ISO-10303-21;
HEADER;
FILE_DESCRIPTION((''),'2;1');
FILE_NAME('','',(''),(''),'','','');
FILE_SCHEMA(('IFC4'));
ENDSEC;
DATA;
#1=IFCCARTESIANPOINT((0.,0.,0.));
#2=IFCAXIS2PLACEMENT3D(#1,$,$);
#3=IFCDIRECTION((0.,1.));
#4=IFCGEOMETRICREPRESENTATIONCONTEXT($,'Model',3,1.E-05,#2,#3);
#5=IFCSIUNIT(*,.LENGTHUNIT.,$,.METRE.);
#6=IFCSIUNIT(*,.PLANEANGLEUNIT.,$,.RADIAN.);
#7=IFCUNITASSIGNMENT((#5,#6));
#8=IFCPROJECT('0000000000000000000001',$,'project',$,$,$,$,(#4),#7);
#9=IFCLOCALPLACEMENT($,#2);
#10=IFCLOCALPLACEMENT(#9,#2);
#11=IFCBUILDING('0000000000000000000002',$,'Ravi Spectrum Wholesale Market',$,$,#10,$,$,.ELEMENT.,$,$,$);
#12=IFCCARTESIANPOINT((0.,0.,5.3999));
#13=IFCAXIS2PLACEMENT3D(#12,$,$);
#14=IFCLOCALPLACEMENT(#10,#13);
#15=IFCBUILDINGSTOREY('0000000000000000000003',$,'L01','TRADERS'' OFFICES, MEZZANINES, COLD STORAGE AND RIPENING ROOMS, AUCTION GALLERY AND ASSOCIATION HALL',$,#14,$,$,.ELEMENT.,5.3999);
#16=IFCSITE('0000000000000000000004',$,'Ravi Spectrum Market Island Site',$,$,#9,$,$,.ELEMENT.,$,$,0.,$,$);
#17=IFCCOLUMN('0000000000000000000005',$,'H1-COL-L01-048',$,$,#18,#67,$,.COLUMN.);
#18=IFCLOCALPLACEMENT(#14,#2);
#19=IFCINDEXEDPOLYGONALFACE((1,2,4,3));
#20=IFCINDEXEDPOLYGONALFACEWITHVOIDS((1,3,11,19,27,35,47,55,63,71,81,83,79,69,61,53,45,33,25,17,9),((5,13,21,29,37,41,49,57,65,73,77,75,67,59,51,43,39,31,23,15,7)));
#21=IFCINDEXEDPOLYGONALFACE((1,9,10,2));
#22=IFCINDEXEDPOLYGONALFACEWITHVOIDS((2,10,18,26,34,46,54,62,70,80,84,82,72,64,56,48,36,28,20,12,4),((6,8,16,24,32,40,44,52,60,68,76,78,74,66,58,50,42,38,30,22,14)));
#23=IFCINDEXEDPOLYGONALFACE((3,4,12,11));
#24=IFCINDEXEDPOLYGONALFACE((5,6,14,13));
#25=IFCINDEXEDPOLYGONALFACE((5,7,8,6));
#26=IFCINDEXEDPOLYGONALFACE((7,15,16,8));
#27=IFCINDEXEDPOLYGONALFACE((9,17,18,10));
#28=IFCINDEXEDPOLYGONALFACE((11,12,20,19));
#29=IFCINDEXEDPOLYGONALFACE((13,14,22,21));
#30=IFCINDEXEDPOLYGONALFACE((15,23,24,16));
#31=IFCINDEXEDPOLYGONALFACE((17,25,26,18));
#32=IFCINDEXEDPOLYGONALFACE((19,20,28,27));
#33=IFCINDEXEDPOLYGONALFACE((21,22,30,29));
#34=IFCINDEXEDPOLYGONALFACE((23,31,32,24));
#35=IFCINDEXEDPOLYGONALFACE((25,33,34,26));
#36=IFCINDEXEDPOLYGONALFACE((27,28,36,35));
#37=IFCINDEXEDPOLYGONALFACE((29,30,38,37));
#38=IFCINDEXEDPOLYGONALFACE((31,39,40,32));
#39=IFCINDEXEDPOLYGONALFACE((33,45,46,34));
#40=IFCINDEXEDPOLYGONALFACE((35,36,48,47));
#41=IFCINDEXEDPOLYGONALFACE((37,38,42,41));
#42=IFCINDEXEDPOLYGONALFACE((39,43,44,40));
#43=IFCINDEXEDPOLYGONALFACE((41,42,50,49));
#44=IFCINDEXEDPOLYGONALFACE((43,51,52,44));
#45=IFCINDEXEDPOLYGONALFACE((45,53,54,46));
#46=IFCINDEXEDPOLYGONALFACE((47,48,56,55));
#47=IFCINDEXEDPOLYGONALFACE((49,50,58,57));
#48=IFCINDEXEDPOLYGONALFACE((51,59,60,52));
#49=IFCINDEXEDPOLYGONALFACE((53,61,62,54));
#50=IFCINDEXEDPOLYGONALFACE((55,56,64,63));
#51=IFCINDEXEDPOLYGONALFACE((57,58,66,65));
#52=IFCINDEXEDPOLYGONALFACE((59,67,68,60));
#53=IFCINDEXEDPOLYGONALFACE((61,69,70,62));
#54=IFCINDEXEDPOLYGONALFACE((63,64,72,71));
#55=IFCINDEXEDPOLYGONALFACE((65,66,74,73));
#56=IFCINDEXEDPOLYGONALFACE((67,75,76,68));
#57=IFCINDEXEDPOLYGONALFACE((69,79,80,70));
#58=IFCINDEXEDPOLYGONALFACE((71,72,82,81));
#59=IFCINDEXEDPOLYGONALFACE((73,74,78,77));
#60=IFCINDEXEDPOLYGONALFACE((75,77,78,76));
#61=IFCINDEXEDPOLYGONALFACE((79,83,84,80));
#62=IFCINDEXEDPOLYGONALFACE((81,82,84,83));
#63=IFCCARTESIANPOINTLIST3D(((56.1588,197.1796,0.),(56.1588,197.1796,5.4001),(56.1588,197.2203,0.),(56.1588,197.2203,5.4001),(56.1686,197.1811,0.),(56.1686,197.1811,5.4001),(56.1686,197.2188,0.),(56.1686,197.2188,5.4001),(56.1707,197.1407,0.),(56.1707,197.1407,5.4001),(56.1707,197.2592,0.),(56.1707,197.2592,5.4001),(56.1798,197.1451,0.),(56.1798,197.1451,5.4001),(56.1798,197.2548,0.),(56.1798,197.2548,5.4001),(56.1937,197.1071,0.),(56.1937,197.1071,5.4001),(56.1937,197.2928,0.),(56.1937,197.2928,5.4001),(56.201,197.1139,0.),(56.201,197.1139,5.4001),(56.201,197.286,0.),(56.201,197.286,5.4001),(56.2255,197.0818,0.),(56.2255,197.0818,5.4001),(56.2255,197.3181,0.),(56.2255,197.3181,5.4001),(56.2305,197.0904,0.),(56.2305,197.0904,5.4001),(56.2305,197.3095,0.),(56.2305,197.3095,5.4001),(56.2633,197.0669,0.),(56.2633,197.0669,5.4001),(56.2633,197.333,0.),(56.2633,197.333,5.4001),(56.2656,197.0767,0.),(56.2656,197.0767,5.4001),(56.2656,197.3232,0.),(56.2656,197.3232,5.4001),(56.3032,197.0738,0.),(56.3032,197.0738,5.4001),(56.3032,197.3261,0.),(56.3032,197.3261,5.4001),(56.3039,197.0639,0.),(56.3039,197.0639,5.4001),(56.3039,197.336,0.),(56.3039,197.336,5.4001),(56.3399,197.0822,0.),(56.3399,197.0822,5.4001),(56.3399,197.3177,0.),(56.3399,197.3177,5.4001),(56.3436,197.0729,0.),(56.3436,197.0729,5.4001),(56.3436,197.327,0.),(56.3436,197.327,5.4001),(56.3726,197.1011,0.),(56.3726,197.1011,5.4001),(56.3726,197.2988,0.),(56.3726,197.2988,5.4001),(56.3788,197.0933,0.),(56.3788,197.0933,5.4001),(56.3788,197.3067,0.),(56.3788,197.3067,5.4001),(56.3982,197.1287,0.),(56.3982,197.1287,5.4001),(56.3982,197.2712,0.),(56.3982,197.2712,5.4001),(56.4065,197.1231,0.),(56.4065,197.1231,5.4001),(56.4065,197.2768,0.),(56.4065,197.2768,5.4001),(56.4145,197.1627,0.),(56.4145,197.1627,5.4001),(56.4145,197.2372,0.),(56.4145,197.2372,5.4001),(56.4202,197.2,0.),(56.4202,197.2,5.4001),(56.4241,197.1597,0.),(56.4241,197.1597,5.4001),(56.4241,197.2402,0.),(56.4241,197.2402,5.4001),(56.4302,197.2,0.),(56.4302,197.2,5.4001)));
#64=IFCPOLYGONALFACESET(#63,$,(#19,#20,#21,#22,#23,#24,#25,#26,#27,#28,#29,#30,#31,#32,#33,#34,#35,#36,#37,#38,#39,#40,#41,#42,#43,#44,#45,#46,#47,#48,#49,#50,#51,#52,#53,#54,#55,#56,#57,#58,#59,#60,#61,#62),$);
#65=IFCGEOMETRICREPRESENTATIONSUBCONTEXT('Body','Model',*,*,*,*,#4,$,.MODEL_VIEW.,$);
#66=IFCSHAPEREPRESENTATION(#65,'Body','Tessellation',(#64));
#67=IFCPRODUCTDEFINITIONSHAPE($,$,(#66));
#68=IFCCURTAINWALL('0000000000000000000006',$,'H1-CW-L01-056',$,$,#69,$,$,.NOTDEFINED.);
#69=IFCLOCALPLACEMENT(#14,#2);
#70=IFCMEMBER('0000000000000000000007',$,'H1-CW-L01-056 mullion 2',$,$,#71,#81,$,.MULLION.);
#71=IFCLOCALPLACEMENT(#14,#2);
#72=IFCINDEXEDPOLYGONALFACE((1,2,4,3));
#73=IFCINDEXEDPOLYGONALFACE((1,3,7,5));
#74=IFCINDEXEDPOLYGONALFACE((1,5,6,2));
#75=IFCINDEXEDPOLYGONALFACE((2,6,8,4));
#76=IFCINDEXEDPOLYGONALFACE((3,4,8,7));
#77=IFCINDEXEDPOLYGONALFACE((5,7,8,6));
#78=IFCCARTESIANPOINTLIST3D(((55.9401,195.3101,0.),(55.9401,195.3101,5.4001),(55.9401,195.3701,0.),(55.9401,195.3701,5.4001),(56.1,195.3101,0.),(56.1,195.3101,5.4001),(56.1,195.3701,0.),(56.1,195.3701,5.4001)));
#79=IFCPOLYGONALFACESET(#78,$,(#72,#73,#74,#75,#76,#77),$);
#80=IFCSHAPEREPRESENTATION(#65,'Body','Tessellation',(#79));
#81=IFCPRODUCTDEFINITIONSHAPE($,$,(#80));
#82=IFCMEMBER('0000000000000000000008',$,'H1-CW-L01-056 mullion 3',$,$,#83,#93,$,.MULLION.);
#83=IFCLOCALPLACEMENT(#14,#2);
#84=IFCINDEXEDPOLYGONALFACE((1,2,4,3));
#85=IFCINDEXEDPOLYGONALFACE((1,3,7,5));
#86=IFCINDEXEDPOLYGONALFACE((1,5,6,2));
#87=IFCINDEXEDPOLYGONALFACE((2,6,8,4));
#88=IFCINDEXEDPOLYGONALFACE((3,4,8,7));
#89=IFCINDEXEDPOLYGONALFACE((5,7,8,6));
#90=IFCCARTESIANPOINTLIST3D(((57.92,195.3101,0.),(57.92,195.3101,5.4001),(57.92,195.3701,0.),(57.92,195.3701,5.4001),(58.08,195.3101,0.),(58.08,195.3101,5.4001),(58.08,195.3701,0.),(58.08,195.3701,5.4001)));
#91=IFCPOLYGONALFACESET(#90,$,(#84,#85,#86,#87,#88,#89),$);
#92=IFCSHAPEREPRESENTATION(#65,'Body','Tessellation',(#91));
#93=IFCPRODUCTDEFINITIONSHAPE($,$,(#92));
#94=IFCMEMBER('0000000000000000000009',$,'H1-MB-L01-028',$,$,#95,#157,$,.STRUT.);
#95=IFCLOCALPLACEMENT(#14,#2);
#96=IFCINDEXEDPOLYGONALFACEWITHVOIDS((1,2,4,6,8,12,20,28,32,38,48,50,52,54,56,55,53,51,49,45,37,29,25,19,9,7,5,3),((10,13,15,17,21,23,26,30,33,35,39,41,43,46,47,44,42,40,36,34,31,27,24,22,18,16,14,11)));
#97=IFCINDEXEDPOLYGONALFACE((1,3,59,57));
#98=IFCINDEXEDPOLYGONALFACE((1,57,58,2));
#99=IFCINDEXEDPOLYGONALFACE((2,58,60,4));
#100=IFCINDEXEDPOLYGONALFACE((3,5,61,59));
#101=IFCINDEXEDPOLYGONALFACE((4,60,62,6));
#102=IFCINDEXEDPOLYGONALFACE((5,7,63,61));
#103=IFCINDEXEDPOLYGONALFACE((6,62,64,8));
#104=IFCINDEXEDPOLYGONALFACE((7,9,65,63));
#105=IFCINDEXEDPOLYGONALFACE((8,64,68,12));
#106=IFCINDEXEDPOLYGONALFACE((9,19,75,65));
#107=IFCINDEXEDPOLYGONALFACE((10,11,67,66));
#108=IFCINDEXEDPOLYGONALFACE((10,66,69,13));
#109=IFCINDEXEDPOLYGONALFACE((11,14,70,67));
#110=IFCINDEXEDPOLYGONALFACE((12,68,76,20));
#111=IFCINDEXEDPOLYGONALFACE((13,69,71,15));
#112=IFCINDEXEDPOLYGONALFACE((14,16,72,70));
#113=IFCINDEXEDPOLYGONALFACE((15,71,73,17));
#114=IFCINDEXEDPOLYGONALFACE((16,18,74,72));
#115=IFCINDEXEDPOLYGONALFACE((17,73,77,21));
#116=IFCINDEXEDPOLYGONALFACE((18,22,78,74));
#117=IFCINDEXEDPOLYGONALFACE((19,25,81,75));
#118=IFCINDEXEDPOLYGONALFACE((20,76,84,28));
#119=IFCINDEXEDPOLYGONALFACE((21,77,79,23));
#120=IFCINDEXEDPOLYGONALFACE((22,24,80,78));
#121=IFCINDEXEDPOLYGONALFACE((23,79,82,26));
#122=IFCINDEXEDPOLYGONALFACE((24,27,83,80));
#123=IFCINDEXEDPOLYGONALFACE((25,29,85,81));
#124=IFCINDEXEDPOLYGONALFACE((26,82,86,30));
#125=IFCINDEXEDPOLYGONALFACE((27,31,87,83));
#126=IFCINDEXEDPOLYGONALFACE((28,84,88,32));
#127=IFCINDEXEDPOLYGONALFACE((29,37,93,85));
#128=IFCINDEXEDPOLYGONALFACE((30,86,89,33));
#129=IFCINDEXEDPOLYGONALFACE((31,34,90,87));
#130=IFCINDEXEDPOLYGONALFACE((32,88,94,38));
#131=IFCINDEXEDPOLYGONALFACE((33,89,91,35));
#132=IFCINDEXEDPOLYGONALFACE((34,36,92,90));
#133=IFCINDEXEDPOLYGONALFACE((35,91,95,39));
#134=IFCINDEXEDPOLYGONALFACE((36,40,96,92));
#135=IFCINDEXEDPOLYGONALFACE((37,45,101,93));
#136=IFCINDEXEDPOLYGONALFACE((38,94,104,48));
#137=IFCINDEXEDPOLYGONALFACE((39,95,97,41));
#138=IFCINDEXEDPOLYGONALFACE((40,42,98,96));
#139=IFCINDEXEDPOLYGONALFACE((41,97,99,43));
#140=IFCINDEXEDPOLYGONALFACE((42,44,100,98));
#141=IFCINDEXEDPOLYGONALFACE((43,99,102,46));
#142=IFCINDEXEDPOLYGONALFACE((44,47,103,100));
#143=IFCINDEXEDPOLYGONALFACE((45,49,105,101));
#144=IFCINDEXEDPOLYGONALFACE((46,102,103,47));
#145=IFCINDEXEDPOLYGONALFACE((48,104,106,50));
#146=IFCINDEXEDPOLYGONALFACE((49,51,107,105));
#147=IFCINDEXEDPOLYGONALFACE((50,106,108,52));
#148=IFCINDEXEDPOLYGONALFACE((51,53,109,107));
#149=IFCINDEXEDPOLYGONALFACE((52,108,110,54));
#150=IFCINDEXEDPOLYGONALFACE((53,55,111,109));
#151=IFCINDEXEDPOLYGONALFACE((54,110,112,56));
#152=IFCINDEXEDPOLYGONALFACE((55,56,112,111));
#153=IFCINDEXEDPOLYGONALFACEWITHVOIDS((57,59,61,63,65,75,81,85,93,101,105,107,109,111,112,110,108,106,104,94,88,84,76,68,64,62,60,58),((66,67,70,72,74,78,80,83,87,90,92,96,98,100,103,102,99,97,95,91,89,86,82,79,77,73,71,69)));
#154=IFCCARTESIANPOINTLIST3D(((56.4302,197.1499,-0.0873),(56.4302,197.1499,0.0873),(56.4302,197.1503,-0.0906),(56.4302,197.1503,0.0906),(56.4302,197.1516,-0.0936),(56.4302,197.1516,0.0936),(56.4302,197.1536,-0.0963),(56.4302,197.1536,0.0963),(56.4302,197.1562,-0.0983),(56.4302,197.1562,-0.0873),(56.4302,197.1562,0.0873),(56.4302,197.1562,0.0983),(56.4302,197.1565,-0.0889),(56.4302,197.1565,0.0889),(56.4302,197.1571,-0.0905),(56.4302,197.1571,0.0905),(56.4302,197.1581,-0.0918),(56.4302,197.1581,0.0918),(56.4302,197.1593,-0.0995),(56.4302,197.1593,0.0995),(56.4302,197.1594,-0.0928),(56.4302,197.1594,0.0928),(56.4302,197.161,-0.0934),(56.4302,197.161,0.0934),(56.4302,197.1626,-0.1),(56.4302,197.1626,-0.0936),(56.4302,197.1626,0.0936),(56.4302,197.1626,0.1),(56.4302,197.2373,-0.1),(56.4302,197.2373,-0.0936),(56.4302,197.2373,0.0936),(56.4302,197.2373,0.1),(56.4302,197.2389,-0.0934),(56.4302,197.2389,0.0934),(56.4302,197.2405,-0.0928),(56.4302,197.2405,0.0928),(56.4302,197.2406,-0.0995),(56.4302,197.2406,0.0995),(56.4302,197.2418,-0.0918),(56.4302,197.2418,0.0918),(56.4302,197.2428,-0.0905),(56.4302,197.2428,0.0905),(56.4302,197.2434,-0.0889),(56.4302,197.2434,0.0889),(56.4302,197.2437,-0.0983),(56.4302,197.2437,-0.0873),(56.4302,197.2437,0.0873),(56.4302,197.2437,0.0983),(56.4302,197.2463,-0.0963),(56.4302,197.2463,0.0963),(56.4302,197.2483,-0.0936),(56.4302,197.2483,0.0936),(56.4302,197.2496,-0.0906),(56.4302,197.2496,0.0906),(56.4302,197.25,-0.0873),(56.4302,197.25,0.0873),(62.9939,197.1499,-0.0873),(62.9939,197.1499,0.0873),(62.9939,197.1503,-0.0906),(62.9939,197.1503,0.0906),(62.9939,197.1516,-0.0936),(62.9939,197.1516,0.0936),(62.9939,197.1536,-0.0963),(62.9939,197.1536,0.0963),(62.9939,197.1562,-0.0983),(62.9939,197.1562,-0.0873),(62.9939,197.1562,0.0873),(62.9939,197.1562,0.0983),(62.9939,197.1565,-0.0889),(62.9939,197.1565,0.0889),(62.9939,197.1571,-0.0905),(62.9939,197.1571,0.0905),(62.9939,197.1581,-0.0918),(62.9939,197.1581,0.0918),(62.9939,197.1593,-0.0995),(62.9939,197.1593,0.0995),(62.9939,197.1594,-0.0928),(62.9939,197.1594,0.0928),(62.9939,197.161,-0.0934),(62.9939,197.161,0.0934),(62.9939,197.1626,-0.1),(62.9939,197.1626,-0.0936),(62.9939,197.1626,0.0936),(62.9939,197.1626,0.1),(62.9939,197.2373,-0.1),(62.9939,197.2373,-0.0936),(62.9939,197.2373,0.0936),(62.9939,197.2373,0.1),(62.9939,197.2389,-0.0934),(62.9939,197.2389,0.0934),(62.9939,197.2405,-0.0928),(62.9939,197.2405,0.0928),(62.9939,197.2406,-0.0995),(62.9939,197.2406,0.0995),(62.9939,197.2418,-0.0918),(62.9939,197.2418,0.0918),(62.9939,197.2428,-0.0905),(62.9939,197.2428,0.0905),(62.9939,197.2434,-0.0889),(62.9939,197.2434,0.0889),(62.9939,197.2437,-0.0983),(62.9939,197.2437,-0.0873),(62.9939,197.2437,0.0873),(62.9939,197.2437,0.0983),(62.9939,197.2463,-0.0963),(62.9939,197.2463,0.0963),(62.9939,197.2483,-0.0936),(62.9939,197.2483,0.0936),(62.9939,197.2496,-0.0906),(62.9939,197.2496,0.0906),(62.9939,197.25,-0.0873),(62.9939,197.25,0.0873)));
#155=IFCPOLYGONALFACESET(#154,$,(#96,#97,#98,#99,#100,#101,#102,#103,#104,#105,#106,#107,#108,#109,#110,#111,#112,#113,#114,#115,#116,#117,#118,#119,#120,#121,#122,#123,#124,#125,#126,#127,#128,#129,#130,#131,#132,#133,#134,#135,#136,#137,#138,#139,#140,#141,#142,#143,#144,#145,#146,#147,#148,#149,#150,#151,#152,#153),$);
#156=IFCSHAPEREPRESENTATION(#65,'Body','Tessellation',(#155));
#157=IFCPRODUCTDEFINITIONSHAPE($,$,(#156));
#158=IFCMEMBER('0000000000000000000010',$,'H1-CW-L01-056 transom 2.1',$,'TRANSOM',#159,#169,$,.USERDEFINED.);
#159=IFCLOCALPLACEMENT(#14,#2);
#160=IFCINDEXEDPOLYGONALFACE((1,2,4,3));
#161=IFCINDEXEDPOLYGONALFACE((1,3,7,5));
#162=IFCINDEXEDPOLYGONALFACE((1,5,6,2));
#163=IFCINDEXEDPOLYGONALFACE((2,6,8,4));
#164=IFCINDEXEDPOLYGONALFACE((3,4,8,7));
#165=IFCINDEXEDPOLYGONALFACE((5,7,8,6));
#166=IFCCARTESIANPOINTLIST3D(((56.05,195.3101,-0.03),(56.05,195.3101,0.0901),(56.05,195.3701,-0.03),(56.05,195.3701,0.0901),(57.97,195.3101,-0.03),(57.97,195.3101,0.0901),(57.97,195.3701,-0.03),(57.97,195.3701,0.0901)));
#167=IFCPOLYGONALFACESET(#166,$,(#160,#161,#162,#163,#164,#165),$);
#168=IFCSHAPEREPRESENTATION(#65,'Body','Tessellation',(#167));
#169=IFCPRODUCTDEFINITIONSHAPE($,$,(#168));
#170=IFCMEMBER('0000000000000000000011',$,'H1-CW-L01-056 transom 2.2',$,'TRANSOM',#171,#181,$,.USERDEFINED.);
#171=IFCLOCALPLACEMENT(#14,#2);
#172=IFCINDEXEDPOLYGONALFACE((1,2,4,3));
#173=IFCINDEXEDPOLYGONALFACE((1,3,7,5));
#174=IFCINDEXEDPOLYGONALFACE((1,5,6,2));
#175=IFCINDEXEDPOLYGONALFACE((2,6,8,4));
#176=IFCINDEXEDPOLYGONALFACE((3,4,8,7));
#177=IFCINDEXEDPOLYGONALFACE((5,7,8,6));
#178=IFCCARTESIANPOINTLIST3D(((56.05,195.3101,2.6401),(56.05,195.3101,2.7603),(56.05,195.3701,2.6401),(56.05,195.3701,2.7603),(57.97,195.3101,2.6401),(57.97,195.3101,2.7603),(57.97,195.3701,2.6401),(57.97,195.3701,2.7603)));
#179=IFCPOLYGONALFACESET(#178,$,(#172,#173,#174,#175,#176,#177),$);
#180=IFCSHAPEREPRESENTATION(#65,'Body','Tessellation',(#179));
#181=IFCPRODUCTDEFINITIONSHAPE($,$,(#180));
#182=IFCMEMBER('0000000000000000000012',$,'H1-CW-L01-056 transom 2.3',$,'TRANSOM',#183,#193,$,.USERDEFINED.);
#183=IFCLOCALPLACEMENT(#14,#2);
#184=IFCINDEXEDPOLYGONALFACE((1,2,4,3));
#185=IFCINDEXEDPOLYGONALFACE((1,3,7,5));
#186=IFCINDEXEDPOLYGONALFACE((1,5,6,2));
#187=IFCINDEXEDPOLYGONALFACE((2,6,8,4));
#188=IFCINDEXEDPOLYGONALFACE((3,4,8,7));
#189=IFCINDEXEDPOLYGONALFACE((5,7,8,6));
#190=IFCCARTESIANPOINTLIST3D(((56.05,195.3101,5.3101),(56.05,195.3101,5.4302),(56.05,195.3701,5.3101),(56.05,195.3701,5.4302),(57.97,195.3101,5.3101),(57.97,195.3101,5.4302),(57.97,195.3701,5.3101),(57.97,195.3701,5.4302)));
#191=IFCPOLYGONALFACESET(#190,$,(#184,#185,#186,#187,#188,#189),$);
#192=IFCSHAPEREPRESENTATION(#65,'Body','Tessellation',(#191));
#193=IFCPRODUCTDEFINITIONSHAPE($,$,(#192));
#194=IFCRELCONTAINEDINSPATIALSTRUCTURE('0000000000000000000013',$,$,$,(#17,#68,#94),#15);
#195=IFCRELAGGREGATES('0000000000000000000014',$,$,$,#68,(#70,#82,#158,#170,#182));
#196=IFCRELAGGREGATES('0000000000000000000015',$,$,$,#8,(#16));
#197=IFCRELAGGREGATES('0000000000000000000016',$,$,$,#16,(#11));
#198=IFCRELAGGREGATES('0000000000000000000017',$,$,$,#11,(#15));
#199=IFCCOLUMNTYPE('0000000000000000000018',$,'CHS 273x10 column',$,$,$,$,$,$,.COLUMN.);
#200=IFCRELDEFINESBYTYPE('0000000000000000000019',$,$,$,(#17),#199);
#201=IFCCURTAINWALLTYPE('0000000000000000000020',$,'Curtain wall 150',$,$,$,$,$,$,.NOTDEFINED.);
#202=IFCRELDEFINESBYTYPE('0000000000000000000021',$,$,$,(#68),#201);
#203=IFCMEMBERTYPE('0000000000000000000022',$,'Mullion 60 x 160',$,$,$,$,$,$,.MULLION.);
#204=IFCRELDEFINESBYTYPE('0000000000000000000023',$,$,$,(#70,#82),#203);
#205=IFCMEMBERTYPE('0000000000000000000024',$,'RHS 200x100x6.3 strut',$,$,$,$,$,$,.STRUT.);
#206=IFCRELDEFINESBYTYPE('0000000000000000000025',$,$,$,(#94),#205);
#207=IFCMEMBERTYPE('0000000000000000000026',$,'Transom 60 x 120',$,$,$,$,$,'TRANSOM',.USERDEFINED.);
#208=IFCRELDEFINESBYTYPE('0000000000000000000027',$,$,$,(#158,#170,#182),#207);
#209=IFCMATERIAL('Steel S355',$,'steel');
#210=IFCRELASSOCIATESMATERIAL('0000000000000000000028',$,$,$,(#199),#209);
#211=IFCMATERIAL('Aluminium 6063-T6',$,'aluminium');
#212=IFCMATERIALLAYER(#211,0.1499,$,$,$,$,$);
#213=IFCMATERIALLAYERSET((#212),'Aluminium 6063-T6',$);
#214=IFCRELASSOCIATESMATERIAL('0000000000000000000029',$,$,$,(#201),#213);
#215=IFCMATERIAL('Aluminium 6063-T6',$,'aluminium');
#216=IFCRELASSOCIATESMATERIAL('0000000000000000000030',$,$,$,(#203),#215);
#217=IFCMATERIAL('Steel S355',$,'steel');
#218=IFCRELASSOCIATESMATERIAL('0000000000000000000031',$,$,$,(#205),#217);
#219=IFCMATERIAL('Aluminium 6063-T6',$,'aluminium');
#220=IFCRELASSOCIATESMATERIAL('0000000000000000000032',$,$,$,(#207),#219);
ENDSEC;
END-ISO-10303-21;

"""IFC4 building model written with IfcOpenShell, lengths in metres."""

from ifc_helpers import new_model, si_unit, direction, frame, origin, origin_2d, place, context, subcontext, project, spatial, rectangle, hollow_rectangle, hollow_circle, extrude, material, layer, layer_set, material_profile, profile_set, type_object, element, aggregate, save


model = new_model("IFC4")

# Units and contexts
model_context = context("Model", 3, precision=1e-05, world=origin(), true_north=direction((0.0, 1.0)))
body_context = subcontext(model_context, "Body", "Model", "MODEL_VIEW")
ifc_project = project(units=[si_unit("LENGTHUNIT", "METRE"), si_unit("PLANEANGLEUNIT", "RADIAN")], contexts=[model_context])

# Site, building, storey
site_placement = place(None, origin())
site = spatial("IfcSite", under=ifc_project, at=site_placement, Name="Ravi Spectrum Market Island Site", CompositionType="ELEMENT", RefElevation=0.0)
building_placement = place(site_placement, origin())
building = spatial("IfcBuilding", under=site, at=building_placement, Name="Ravi Spectrum Wholesale Market", CompositionType="ELEMENT")
storey_placement = place(building_placement, frame((0.0, 0.0, 5.3999)))
storey = spatial("IfcBuildingStorey", under=building, at=storey_placement, Name="L01", Description="TRADERS' OFFICES, MEZZANINES, COLD STORAGE AND RIPENING ROOMS, AUCTION GALLERY AND ASSOCIATION HALL", CompositionType="ELEMENT", Elevation=5.3999)

# Column
ifc_material_1 = material(Name="Steel S355", Category="steel")
ifc_material_profile_1 = material_profile(ifc_material_1, hollow_circle(Radius=0.1365, WallThickness=0.01, at=origin_2d()))
ifc_profile_set_1 = profile_set([ifc_material_profile_1], Name="Steel S355")
column_type = type_object("IfcColumnType", Name="CHS 273x10 column", PredefinedType="COLUMN", material=ifc_profile_set_1)
column_placement = place(storey_placement, frame((56.2937, 197.2, 0.0), z_axis=(0.0, 0.0, 1.0), x_axis=(1.0, 0.0, 0.0)))
element("IfcColumn", 1, at=column_placement, inside=storey, type_object=column_type, Name="H1-COL-L01-048", PredefinedType="COLUMN", context=body_context, shape_type="SweptSolid", body=[
    extrude(hollow_circle(Radius=0.1365, WallThickness=0.01, at=origin_2d()), origin(), (0.0, 0.0, 1.0), 5.4001),
])

# Curtain wall, members
ifc_material_2 = material(Name="Aluminium 6063-T6", Category="aluminium")
ifc_layer_1 = layer(ifc_material_2, 0.1499)
ifc_layer_set_1 = layer_set([ifc_layer_1], Name="Aluminium 6063-T6")
curtain_wall_type = type_object("IfcCurtainWallType", Name="Curtain wall 150", PredefinedType="NOTDEFINED", material=ifc_layer_set_1)
curtain_wall_placement = place(storey_placement, origin())
curtain_wall = element("IfcCurtainWall", 2, at=curtain_wall_placement, inside=storey, type_object=curtain_wall_type, Name="H1-CW-L01-056", PredefinedType="NOTDEFINED")
ifc_material_3 = material(Name="Aluminium 6063-T6", Category="aluminium")
ifc_material_profile_2 = material_profile(ifc_material_3, rectangle(XDim=0.0601, YDim=0.1599, at=origin_2d()))
ifc_profile_set_2 = profile_set([ifc_material_profile_2], Name="Aluminium 6063-T6")
member_type_1 = type_object("IfcMemberType", Name="Mullion 60 x 160", PredefinedType="MULLION", material=ifc_profile_set_2)
member_1_placement = place(storey_placement, frame((56.02, 195.3401, 0.0), z_axis=(0.0, 0.0, 1.0), x_axis=(0.0, 1.0, 0.0)))
member_1 = element("IfcMember", 3, at=member_1_placement, type_object=member_type_1, Name="H1-CW-L01-056 mullion 2", PredefinedType="MULLION", context=body_context, shape_type="SweptSolid", body=[
    extrude(rectangle(XDim=0.0601, YDim=0.1599, at=origin_2d()), origin(), (0.0, 0.0, 1.0), 5.4001),
])
member_2_placement = place(storey_placement, frame((58.0, 195.3401, 0.0), z_axis=(0.0, 0.0, 1.0), x_axis=(0.0, 1.0, 0.0)))
member_2 = element("IfcMember", 4, at=member_2_placement, type_object=member_type_1, Name="H1-CW-L01-056 mullion 3", PredefinedType="MULLION", context=body_context, shape_type="SweptSolid", body=[
    extrude(rectangle(XDim=0.0601, YDim=0.1599, at=origin_2d()), origin(), (0.0, 0.0, 1.0), 5.4001),
])

# Members
ifc_material_4 = material(Name="Steel S355", Category="steel")
ifc_material_profile_3 = material_profile(ifc_material_4, hollow_rectangle(XDim=0.1001, YDim=0.2, WallThickness=0.0063, InnerFilletRadius=0.0063, OuterFilletRadius=0.0127, at=origin_2d()))
ifc_profile_set_3 = profile_set([ifc_material_profile_3], Name="Steel S355")
member_type_2 = type_object("IfcMemberType", Name="RHS 200x100x6.3 strut", PredefinedType="STRUT", material=ifc_profile_set_3)
member_3_placement = place(storey_placement, frame((56.4302, 197.2, 0.0), z_axis=(1.0, 0.0, 0.0), x_axis=(0.0, 1.0, 0.0)))
element("IfcMember", 5, at=member_3_placement, inside=storey, type_object=member_type_2, Name="H1-MB-L01-028", PredefinedType="STRUT", context=body_context, shape_type="SweptSolid", body=[
    extrude(hollow_rectangle(XDim=0.1001, YDim=0.2, WallThickness=0.0063, InnerFilletRadius=0.0063, OuterFilletRadius=0.0127, at=origin_2d()), origin(), (0.0, 0.0, 1.0), 6.5637),
])
ifc_material_5 = material(Name="Aluminium 6063-T6", Category="aluminium")
ifc_material_profile_4 = material_profile(ifc_material_5, rectangle(XDim=0.0601, YDim=0.1201, at=origin_2d()))
ifc_profile_set_4 = profile_set([ifc_material_profile_4], Name="Aluminium 6063-T6")
member_type_3 = type_object("IfcMemberType", Name="Transom 60 x 120", ElementType="TRANSOM", PredefinedType="USERDEFINED", material=ifc_profile_set_4)
member_4_placement = place(storey_placement, frame((56.05, 195.3401, 0.03), z_axis=(1.0, 0.0, 0.0), x_axis=(0.0, 1.0, 0.0)))
member_4 = element("IfcMember", 6, at=member_4_placement, type_object=member_type_3, Name="H1-CW-L01-056 transom 2.1", ObjectType="TRANSOM", PredefinedType="USERDEFINED", context=body_context, shape_type="SweptSolid", body=[
    extrude(rectangle(XDim=0.0601, YDim=0.1201, at=origin_2d()), origin(), (0.0, 0.0, 1.0), 1.9199),
])
member_5_placement = place(storey_placement, frame((56.05, 195.3401, 2.7002), z_axis=(1.0, 0.0, 0.0), x_axis=(0.0, 1.0, 0.0)))
member_5 = element("IfcMember", 7, at=member_5_placement, type_object=member_type_3, Name="H1-CW-L01-056 transom 2.2", ObjectType="TRANSOM", PredefinedType="USERDEFINED", context=body_context, shape_type="SweptSolid", body=[
    extrude(rectangle(XDim=0.0601, YDim=0.1201, at=origin_2d()), origin(), (0.0, 0.0, 1.0), 1.9199),
])
member_6_placement = place(storey_placement, frame((56.05, 195.3401, 5.3701), z_axis=(1.0, 0.0, 0.0), x_axis=(0.0, 1.0, 0.0)))
member_6 = element("IfcMember", 8, at=member_6_placement, type_object=member_type_3, Name="H1-CW-L01-056 transom 2.3", ObjectType="TRANSOM", PredefinedType="USERDEFINED", context=body_context, shape_type="SweptSolid", body=[
    extrude(rectangle(XDim=0.0601, YDim=0.1201, at=origin_2d()), origin(), (0.0, 0.0, 1.0), 1.9199),
])

aggregate(curtain_wall, [member_1, member_2, member_4, member_5, member_6])

save(model, "model.ifc")
